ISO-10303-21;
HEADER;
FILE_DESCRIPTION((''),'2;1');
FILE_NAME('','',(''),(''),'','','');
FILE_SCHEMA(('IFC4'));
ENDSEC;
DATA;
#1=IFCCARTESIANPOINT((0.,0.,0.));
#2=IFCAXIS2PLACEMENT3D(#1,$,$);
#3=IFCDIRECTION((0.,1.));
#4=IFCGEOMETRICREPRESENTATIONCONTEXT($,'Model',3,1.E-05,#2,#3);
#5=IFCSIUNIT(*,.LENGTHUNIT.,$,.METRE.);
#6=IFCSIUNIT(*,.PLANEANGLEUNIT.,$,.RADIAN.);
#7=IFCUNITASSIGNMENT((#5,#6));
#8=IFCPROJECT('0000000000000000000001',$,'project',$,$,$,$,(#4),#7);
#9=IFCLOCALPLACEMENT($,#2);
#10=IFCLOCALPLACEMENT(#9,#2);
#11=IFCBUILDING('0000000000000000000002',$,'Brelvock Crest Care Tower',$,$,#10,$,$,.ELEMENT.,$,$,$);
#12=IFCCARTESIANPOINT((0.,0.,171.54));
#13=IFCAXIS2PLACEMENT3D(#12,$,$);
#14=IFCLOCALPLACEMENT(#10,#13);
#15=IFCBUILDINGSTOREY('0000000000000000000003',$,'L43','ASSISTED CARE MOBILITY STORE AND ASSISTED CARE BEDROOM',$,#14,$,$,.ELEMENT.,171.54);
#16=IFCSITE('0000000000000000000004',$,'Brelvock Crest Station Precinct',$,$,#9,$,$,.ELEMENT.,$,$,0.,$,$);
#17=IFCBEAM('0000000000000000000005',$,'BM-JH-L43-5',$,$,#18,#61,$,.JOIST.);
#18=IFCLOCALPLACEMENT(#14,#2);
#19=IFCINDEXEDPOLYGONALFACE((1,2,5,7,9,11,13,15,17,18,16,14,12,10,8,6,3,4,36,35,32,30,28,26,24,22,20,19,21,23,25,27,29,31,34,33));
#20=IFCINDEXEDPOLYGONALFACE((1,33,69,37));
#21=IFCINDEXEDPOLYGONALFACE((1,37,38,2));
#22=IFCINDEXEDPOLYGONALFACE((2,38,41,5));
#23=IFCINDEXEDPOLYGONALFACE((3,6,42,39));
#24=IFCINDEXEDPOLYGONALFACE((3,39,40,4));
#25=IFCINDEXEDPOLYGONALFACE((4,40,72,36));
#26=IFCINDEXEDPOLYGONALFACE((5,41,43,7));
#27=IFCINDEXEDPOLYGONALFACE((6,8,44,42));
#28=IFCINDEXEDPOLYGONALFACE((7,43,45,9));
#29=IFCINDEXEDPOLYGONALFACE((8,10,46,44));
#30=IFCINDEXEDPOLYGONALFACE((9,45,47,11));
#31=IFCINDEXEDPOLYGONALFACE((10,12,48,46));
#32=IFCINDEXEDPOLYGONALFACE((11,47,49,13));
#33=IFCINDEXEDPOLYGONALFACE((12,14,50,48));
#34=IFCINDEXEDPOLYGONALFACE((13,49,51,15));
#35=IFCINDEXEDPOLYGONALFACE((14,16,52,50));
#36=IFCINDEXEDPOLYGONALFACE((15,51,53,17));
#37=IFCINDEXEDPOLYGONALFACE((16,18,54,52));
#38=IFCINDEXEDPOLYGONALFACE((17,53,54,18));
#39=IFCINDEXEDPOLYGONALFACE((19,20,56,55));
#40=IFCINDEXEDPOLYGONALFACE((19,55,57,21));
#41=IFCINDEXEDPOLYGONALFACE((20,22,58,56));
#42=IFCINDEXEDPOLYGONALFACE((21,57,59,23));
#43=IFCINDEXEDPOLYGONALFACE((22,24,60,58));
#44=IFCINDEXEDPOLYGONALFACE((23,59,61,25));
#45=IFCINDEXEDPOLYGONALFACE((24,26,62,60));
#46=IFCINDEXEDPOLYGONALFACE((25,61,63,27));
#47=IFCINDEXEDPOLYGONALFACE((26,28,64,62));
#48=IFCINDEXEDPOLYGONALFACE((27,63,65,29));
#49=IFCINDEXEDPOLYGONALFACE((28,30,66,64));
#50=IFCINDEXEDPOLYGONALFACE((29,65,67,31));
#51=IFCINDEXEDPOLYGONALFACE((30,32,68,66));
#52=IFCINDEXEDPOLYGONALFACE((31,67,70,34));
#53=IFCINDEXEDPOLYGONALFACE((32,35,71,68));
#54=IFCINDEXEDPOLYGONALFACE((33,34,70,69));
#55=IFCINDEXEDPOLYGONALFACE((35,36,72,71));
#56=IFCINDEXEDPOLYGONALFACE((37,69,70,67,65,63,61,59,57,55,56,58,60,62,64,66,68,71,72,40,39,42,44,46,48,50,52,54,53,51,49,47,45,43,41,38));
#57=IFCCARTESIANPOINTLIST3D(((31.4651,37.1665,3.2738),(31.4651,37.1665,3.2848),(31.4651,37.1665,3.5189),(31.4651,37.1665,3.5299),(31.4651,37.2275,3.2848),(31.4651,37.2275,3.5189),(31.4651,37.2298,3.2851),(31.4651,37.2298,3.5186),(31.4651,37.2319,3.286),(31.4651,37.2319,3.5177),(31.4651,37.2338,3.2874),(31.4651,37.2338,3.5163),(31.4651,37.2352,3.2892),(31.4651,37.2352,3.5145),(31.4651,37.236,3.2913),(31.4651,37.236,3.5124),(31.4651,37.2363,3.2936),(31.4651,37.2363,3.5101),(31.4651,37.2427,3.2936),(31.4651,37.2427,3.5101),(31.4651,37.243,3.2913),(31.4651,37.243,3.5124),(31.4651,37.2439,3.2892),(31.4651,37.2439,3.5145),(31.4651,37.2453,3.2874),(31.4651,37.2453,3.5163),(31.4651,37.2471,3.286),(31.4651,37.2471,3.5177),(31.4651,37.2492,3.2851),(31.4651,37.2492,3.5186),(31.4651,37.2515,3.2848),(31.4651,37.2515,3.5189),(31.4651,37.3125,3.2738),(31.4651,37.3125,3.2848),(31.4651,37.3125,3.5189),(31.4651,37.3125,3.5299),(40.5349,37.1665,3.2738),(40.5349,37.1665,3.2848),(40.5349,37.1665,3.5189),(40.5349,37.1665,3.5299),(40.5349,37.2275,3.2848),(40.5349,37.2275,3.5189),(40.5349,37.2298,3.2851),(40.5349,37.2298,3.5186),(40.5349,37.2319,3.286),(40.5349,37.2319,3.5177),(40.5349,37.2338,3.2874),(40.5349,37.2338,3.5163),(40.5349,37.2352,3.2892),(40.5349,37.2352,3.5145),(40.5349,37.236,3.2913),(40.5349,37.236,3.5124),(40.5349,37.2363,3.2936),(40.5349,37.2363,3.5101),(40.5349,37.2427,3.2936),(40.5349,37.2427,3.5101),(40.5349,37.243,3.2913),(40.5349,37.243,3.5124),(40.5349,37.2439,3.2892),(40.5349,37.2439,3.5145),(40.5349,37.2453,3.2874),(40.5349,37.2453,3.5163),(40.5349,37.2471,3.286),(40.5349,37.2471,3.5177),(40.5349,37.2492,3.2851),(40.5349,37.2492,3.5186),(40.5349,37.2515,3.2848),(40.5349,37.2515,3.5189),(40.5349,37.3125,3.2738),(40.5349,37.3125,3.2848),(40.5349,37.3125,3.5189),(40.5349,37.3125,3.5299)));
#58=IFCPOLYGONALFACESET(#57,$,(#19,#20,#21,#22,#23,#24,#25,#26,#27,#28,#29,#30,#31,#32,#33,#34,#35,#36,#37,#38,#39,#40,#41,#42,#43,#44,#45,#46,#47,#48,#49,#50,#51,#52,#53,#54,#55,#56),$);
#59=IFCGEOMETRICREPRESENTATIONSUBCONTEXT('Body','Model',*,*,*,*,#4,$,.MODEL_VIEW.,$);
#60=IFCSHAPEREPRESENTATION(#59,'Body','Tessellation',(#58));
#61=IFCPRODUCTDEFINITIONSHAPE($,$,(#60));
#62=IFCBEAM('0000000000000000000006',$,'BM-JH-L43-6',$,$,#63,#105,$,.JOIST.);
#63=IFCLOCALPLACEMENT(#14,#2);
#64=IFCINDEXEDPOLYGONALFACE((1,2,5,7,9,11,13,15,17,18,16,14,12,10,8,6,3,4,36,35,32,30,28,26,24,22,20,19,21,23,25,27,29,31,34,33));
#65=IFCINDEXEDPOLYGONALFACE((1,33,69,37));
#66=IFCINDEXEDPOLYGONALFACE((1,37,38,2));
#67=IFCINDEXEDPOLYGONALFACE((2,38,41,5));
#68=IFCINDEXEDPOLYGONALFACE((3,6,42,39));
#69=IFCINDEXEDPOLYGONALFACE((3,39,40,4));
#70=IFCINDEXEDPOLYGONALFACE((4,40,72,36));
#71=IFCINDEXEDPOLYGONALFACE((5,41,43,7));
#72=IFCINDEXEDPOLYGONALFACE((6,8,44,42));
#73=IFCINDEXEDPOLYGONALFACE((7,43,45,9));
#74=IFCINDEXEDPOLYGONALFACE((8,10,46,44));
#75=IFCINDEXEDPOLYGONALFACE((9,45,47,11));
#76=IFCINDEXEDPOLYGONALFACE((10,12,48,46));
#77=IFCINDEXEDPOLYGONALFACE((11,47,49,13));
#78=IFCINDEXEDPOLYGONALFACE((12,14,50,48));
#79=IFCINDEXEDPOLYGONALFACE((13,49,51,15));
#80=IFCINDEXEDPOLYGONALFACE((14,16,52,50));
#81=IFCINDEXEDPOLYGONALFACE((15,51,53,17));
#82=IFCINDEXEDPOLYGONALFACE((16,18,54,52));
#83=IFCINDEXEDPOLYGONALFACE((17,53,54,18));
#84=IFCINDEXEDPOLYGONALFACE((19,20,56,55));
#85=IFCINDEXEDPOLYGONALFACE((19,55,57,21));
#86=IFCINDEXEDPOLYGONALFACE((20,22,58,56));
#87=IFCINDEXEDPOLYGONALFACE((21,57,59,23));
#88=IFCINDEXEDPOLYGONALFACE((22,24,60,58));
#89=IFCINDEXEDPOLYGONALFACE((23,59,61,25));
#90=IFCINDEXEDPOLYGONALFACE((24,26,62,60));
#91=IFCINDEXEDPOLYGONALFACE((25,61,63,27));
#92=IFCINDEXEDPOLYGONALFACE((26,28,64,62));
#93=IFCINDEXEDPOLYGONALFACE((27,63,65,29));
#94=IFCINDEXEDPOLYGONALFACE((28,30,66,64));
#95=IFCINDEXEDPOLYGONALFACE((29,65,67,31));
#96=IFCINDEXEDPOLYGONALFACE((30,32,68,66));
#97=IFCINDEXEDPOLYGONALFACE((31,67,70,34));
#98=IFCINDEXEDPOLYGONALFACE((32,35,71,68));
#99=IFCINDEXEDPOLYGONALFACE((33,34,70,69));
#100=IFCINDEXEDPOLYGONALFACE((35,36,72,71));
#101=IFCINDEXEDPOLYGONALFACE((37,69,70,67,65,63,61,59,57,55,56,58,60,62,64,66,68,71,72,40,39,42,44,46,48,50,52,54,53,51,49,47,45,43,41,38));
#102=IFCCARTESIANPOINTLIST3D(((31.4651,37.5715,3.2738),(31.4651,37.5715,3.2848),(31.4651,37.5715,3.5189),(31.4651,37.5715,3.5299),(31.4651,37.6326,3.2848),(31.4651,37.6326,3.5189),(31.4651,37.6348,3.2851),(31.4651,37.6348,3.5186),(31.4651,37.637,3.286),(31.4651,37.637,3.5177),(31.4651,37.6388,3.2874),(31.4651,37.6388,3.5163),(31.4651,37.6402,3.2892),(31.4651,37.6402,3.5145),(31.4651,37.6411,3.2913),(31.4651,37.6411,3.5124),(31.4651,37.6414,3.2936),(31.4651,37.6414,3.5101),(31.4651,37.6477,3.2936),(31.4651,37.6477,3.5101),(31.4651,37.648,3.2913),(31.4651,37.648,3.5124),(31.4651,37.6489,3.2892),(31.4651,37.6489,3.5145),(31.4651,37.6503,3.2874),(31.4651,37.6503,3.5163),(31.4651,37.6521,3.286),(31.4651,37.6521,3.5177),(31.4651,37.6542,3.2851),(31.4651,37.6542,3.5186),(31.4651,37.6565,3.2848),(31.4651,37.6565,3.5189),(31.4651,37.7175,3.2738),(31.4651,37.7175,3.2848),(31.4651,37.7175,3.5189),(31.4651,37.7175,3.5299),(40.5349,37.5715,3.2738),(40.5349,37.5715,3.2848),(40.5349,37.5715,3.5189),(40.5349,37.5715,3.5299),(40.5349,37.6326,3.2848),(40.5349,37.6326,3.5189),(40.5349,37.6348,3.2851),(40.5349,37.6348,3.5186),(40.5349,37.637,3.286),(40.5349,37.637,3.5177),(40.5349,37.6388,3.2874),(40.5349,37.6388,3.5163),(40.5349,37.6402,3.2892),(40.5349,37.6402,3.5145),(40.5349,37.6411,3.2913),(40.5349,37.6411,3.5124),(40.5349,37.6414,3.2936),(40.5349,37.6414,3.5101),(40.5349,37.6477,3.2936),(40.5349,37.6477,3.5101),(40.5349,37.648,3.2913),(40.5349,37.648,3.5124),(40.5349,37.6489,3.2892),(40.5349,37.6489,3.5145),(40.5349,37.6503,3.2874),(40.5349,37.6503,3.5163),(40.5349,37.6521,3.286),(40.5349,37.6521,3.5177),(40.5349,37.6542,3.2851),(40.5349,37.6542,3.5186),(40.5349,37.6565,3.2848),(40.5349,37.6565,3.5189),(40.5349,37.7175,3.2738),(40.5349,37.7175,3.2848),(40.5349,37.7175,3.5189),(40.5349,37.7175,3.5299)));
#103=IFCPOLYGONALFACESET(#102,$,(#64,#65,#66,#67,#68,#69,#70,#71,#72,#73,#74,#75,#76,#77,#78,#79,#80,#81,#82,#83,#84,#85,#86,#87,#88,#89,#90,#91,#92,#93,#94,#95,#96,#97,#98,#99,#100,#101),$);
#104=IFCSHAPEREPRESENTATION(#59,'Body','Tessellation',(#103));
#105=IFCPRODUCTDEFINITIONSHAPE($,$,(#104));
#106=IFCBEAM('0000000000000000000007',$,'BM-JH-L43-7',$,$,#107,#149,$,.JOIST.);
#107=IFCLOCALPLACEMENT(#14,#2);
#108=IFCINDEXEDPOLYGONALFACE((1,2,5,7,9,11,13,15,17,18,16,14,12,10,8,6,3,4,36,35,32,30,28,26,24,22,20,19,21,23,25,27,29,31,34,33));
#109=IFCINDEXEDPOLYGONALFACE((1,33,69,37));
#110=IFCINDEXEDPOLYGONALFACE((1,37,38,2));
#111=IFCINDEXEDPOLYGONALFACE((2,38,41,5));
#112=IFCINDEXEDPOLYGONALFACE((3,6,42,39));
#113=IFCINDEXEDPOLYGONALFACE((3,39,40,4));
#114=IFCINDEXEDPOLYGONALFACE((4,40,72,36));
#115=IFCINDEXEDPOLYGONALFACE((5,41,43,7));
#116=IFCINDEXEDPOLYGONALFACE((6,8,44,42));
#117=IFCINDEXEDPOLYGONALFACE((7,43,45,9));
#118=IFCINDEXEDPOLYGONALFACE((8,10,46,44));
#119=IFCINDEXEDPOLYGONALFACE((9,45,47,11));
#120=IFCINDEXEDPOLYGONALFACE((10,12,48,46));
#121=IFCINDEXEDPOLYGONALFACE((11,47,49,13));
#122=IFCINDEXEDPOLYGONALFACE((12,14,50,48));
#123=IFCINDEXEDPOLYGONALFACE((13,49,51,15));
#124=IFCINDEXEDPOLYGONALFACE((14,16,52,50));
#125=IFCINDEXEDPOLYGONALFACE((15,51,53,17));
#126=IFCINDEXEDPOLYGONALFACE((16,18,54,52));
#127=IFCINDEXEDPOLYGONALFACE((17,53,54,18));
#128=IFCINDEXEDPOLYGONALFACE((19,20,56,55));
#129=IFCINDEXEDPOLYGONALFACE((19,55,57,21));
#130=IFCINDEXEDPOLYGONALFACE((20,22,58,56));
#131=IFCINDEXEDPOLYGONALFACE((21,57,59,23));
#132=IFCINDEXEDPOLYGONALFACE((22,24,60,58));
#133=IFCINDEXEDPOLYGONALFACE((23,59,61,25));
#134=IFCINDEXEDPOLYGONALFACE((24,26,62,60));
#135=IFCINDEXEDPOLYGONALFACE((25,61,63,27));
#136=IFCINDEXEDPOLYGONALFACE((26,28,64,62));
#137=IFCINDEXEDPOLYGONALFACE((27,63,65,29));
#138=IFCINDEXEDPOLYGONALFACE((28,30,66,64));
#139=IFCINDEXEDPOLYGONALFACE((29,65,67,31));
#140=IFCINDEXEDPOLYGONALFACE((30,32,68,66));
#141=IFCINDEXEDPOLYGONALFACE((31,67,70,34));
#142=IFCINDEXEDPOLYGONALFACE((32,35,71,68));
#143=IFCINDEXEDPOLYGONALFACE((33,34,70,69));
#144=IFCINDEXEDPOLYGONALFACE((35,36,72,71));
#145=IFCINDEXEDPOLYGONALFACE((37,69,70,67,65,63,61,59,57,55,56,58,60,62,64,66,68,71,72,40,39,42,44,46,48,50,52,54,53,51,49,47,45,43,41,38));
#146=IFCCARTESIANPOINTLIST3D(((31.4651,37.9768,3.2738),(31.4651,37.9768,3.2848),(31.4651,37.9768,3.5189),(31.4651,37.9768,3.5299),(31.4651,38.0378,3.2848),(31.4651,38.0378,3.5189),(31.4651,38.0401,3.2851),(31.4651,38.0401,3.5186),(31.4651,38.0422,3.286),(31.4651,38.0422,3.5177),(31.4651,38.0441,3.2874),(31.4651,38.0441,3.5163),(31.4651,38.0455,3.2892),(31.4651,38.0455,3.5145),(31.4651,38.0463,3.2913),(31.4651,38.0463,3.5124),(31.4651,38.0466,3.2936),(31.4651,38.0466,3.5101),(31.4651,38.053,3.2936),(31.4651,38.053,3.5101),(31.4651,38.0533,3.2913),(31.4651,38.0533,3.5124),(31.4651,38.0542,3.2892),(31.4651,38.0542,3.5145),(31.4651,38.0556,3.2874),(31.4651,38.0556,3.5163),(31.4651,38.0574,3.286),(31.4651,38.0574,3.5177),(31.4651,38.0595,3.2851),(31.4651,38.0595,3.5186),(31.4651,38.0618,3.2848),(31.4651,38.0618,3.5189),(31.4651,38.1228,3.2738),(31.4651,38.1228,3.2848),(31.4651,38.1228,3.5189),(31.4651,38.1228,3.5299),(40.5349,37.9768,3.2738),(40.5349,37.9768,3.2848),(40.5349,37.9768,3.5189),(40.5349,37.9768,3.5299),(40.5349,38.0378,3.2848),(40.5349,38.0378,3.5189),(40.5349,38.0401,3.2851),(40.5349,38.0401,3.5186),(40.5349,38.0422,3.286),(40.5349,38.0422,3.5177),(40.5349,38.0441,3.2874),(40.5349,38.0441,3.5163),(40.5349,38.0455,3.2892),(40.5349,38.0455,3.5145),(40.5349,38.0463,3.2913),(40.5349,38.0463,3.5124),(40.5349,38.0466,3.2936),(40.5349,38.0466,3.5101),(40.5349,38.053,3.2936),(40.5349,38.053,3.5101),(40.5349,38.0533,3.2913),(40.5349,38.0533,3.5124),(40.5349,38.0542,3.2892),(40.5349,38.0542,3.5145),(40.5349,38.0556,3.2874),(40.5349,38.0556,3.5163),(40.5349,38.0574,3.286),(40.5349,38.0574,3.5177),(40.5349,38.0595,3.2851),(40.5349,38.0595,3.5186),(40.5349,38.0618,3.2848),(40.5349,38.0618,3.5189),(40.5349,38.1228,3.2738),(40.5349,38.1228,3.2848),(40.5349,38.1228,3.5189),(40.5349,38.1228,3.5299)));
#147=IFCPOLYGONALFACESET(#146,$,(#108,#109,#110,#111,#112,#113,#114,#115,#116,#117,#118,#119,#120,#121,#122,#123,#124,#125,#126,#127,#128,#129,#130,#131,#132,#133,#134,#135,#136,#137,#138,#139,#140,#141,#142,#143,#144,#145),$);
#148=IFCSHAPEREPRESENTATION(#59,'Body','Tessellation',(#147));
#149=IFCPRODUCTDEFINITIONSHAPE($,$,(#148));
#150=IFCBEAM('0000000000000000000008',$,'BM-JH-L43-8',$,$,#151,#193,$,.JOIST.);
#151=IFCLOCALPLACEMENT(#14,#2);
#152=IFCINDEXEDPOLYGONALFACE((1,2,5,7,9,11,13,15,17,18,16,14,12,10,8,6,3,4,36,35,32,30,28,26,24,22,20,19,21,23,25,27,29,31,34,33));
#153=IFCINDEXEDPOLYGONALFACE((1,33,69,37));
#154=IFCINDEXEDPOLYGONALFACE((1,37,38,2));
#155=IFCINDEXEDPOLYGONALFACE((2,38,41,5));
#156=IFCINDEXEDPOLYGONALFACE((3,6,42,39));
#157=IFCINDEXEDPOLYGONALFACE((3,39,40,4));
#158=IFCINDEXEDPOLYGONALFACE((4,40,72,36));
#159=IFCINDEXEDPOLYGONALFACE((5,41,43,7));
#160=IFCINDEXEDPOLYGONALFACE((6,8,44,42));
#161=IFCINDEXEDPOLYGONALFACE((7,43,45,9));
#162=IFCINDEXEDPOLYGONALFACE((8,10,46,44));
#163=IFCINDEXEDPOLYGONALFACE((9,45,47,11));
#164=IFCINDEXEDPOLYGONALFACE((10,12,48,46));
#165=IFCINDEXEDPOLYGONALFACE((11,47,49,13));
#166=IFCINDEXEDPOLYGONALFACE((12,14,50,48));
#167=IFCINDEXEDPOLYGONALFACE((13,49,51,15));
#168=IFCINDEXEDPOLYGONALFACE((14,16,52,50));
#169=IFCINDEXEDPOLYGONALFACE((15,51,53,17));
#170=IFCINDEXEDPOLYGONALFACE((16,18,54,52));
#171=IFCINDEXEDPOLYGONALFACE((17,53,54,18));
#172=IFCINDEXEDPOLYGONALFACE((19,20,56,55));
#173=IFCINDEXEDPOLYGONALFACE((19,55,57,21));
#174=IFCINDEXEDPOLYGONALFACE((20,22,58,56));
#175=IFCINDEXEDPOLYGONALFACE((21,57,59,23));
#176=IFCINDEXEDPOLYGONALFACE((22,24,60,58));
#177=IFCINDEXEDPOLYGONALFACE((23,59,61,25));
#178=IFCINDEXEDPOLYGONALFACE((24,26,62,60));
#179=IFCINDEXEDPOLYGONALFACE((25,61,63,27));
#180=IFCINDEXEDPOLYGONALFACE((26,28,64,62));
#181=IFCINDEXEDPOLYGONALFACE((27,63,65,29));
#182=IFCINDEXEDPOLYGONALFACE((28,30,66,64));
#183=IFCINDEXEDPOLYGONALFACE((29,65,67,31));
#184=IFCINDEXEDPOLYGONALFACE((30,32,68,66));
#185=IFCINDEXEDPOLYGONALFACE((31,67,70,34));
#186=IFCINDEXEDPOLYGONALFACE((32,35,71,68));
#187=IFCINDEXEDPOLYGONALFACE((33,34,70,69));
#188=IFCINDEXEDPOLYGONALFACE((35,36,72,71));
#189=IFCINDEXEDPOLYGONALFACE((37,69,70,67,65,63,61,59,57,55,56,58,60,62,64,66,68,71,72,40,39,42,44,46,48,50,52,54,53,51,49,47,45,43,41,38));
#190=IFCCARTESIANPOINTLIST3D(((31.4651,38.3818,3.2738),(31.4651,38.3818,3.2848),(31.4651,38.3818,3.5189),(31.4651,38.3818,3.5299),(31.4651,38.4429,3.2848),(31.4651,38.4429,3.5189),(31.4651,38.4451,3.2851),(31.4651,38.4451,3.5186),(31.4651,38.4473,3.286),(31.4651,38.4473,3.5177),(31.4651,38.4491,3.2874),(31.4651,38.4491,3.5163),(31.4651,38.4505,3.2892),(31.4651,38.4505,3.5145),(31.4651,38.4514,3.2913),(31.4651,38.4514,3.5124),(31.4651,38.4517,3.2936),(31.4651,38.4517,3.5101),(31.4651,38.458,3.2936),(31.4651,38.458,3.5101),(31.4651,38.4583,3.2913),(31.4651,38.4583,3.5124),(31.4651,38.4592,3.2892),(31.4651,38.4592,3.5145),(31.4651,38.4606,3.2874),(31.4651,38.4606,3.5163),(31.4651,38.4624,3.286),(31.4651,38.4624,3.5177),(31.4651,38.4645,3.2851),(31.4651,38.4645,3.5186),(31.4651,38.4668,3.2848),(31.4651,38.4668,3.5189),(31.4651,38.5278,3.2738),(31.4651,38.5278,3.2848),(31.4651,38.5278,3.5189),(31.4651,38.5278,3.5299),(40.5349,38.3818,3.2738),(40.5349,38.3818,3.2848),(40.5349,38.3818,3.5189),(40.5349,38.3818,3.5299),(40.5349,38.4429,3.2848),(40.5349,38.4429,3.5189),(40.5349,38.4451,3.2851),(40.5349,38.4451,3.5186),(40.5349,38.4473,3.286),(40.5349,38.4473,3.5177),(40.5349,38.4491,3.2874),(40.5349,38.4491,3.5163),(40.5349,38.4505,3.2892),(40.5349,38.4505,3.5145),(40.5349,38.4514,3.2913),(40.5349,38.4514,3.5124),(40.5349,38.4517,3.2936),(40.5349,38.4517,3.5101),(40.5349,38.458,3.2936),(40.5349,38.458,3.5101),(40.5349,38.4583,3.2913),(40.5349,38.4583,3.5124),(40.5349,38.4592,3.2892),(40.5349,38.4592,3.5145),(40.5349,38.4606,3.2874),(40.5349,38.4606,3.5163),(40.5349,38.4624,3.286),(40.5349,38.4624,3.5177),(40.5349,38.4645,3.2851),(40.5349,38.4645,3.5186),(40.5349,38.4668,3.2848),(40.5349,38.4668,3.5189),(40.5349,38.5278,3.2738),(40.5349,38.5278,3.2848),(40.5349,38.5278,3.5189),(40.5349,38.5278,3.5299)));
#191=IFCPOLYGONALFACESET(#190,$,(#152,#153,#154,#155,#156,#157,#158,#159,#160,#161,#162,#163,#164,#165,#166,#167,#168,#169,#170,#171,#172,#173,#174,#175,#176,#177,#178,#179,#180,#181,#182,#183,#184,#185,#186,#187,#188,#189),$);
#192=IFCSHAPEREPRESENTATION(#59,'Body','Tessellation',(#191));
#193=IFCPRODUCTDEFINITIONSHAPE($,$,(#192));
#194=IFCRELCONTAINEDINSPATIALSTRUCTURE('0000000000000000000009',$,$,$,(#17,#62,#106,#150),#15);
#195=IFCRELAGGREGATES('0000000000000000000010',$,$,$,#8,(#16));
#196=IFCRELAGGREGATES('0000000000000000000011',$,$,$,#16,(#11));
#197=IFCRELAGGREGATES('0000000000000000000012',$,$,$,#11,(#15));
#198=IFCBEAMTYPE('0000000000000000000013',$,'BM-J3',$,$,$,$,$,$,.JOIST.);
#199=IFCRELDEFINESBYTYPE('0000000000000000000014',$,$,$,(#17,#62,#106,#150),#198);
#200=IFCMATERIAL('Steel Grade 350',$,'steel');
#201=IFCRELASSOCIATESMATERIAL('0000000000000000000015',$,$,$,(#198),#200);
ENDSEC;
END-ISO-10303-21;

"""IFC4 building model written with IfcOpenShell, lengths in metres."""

from ifc_helpers import new_model, si_unit, direction, frame, origin, origin_2d, place, context, subcontext, project, spatial, i_section, extrude, source, transform, mapped, material, material_profile, profile_set, type_object, element, save


model = new_model("IFC4")

# Units and contexts
model_context = context("Model", 3, precision=1e-05, world=origin(), true_north=direction((0.0, 1.0)))
body_context = subcontext(model_context, "Body", "Model", "MODEL_VIEW")
ifc_project = project(units=[si_unit("LENGTHUNIT", "METRE"), si_unit("PLANEANGLEUNIT", "RADIAN")], contexts=[model_context])

# Site, building, storey
site_placement = place(None, origin())
site = spatial("IfcSite", under=ifc_project, at=site_placement, Name="Brelvock Crest Station Precinct", CompositionType="ELEMENT", RefElevation=0.0)
building_placement = place(site_placement, origin())
building = spatial("IfcBuilding", under=site, at=building_placement, Name="Brelvock Crest Care Tower", CompositionType="ELEMENT")
storey_placement = place(building_placement, frame((0.0, 0.0, 171.54)))
storey = spatial("IfcBuildingStorey", under=building, at=storey_placement, Name="L43", Description="ASSISTED CARE MOBILITY STORE AND ASSISTED CARE BEDROOM", CompositionType="ELEMENT", Elevation=171.54)

# Beams
ifc_material_1 = material(Name="Steel Grade 350", Category="steel")
ifc_material_profile_1 = material_profile(ifc_material_1, i_section(OverallWidth=0.146, OverallDepth=0.2561, WebThickness=0.0063, FlangeThickness=0.011, FilletRadius=0.0088, at=origin_2d()), Name="250UB37.3")
ifc_profile_set_1 = profile_set([ifc_material_profile_1], Name="Steel Grade 350")
beam_type_1 = type_object("IfcBeamType", Name="BM-J3", PredefinedType="JOIST", material=ifc_profile_set_1)
shared_shape_1 = source(origin(), body_context, "Body", "SweptSolid", [
    extrude(i_section(OverallWidth=0.146, OverallDepth=0.2561, WebThickness=0.0063, FlangeThickness=0.011, FilletRadius=0.0088, at=origin_2d()), origin(), (0.0, 0.0, 1.0), 9.0698),
])
for number, where, z_axis, x_axis, name in (
    (1, (31.4651, 37.2395, 3.4019), (1.0, 0.0, 0.0), (0.0, 1.0, 0.0), "BM-JH-L43-5"),
    (2, (31.4651, 37.6445, 3.4019), (1.0, 0.0, 0.0), (0.0, 1.0, 0.0), "BM-JH-L43-6"),
    (3, (31.4651, 38.0498, 3.4019), (1.0, 0.0, 0.0), (0.0, 1.0, 0.0), "BM-JH-L43-7"),
    (4, (31.4651, 38.4548, 3.4019), (1.0, 0.0, 0.0), (0.0, 1.0, 0.0), "BM-JH-L43-8"),
):
    element("IfcBeam", number, at=place(storey_placement, frame(where, z_axis=z_axis, x_axis=x_axis)), inside=storey, type_object=beam_type_1, Name=name, PredefinedType="JOIST", context=body_context, shape_type="MappedRepresentation", body=[
        mapped(shared_shape_1, transform((0.0, 0.0, 0.0), x_axis=(1.0, 0.0, 0.0), y_axis=(0.0, 1.0, 0.0), z_axis=(0.0, 0.0, 1.0), scale=1.0)),
    ])

save(model, "model.ifc")
